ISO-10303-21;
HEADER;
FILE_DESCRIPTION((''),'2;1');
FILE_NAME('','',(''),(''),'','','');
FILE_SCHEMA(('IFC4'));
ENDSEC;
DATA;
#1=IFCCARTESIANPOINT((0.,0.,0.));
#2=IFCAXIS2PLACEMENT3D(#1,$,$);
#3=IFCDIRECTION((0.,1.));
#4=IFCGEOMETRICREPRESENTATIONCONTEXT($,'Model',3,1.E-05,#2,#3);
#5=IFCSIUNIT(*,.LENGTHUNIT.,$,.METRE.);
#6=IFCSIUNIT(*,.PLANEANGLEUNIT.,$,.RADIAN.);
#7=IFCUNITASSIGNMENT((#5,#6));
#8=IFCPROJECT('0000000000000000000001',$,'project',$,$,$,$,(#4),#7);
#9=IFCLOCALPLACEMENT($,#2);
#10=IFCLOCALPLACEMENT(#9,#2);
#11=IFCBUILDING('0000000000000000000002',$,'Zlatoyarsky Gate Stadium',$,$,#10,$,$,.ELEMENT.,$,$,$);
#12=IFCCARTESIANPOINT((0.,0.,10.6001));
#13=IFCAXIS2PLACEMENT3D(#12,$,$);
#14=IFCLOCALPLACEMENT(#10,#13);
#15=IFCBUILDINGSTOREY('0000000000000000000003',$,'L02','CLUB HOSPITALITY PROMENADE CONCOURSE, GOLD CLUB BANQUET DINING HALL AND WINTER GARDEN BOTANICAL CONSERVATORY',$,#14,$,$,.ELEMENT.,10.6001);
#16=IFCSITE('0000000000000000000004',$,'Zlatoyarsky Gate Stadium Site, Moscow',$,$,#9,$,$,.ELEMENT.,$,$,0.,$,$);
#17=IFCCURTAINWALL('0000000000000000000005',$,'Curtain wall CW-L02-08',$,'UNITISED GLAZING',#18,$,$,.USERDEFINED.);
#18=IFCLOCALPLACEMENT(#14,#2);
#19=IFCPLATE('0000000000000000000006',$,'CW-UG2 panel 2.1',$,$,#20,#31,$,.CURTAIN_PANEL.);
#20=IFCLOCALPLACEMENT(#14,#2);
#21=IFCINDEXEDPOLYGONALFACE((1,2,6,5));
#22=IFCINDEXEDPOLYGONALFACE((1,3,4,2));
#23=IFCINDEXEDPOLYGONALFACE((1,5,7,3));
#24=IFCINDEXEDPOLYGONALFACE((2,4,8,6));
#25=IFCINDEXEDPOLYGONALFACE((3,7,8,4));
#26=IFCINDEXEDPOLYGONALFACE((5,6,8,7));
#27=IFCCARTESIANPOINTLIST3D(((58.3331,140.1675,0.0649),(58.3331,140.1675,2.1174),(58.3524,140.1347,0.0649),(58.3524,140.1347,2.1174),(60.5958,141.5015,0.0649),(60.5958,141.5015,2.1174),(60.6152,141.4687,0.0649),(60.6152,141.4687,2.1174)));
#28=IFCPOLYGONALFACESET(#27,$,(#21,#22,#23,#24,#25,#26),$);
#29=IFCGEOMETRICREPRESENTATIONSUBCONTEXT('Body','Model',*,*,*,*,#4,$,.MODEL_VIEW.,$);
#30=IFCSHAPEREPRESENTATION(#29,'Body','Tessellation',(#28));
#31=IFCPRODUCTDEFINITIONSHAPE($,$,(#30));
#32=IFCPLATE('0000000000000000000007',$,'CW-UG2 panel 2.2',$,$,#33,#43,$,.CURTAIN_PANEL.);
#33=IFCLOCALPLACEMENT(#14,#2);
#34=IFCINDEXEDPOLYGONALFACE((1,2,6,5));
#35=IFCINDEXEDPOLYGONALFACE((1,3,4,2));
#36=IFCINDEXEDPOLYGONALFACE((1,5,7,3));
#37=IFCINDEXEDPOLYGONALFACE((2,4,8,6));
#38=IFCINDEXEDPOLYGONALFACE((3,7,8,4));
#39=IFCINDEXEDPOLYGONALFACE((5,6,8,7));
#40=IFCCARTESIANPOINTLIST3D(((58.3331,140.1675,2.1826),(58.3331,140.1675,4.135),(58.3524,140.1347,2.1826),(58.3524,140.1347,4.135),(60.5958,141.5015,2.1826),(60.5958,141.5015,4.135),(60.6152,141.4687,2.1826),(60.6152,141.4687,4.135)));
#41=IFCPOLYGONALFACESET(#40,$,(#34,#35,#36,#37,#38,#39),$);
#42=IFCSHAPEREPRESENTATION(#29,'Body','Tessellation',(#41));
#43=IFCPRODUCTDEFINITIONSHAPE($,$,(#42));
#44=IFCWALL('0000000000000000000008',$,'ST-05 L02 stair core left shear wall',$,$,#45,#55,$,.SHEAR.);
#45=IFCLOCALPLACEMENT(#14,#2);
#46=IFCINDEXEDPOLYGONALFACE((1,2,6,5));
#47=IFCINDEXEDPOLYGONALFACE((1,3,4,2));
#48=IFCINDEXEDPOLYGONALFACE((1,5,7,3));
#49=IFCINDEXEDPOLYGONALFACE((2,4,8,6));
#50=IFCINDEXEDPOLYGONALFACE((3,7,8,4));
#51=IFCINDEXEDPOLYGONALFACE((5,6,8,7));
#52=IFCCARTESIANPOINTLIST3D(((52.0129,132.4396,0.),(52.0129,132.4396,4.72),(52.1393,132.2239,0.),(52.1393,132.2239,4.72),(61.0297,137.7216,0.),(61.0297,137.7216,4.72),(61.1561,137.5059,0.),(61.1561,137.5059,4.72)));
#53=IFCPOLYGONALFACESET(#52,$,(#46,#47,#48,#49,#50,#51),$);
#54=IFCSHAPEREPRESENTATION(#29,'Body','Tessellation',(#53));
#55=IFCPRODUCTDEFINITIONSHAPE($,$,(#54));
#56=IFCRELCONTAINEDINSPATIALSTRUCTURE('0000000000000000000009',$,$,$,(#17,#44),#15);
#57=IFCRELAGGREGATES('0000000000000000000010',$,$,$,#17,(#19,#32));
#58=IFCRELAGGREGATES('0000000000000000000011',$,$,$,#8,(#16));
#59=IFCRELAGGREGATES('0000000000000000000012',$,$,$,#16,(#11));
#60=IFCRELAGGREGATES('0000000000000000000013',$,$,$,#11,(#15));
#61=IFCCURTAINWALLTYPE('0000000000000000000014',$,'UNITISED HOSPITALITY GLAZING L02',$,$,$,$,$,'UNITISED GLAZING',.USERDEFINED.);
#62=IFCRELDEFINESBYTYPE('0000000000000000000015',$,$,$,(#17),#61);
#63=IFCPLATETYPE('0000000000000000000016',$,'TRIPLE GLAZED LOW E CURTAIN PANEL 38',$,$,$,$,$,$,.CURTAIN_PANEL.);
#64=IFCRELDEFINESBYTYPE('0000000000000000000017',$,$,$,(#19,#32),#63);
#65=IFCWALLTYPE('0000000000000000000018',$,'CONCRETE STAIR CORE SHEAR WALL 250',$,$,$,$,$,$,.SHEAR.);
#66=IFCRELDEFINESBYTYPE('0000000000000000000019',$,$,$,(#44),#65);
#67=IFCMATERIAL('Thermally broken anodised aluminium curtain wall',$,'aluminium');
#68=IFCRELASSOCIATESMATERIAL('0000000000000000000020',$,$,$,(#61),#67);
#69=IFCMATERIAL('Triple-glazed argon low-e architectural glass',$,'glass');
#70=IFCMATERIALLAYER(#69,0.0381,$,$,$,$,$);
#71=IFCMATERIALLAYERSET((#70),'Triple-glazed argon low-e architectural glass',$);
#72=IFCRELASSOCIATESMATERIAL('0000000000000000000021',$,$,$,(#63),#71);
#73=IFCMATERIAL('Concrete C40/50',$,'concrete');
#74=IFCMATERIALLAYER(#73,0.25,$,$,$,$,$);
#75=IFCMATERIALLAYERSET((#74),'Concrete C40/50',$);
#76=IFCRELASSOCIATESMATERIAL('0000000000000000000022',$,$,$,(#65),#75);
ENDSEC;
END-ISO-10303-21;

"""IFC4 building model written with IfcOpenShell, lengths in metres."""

from ifc_helpers import new_model, si_unit, direction, frame, frame_2d, origin, origin_2d, place, context, subcontext, project, spatial, rectangle, extrude, material, layer, layer_set, type_object, element, aggregate, save


model = new_model("IFC4")

# Units and contexts
model_context = context("Model", 3, precision=1e-05, world=origin(), true_north=direction((0.0, 1.0)))
body_context = subcontext(model_context, "Body", "Model", "MODEL_VIEW")
ifc_project = project(units=[si_unit("LENGTHUNIT", "METRE"), si_unit("PLANEANGLEUNIT", "RADIAN")], contexts=[model_context])

# Site, building, storey
site_placement = place(None, origin())
site = spatial("IfcSite", under=ifc_project, at=site_placement, Name="Zlatoyarsky Gate Stadium Site, Moscow", CompositionType="ELEMENT", RefElevation=0.0)
building_placement = place(site_placement, origin())
building = spatial("IfcBuilding", under=site, at=building_placement, Name="Zlatoyarsky Gate Stadium", CompositionType="ELEMENT")
storey_placement = place(building_placement, frame((0.0, 0.0, 10.6001)))
storey = spatial("IfcBuildingStorey", under=building, at=storey_placement, Name="L02", Description="CLUB HOSPITALITY PROMENADE CONCOURSE, GOLD CLUB BANQUET DINING HALL AND WINTER GARDEN BOTANICAL CONSERVATORY", CompositionType="ELEMENT", Elevation=10.6001)

# Shared definitions
ifc_material_1 = material(Name="Thermally broken anodised aluminium curtain wall", Category="aluminium")
curtain_wall_type = type_object("IfcCurtainWallType", Name="UNITISED HOSPITALITY GLAZING L02", ElementType="UNITISED GLAZING", PredefinedType="USERDEFINED", material=ifc_material_1)

# Curtain wall
curtain_wall_1_placement = place(storey_placement, origin())
curtain_wall_1 = element("IfcCurtainWall", 1, at=curtain_wall_1_placement, inside=storey, type_object=curtain_wall_type, Name="Curtain wall CW-L02-08", ObjectType="UNITISED GLAZING", PredefinedType="USERDEFINED")

# Plates
ifc_material_2 = material(Name="Triple-glazed argon low-e architectural glass", Category="glass")
ifc_layer_1 = layer(ifc_material_2, 0.0381)
ifc_layer_set_1 = layer_set([ifc_layer_1], Name="Triple-glazed argon low-e architectural glass")
plate_type_1 = type_object("IfcPlateType", Name="TRIPLE GLAZED LOW E CURTAIN PANEL 38", PredefinedType="CURTAIN_PANEL", material=ifc_layer_set_1)
plate_1_placement = place(storey_placement, frame((59.4741, 140.8181, 0.0649), z_axis=(0.0, 0.0, 1.0), x_axis=(-0.861426, -0.507882, 0.0)))
plate_1 = element("IfcPlate", 2, at=plate_1_placement, type_object=plate_type_1, Name="CW-UG2 panel 2.1", PredefinedType="CURTAIN_PANEL", context=body_context, shape_type="SweptSolid", body=[
    extrude(rectangle(XDim=2.6267, YDim=0.0381, at=origin_2d()), origin(), (0.0, 0.0, 1.0), 2.0525),
])
plate_2_placement = place(storey_placement, frame((59.4741, 140.8181, 2.1826), z_axis=(0.0, 0.0, 1.0), x_axis=(-0.861426, -0.507882, 0.0)))
plate_2 = element("IfcPlate", 3, at=plate_2_placement, type_object=plate_type_1, Name="CW-UG2 panel 2.2", PredefinedType="CURTAIN_PANEL", context=body_context, shape_type="SweptSolid", body=[
    extrude(rectangle(XDim=2.6267, YDim=0.0381, at=origin_2d()), origin(), (0.0, 0.0, 1.0), 1.9524),
])
aggregate(curtain_wall_1, [plate_1, plate_2])

# Wall
ifc_material_3 = material(Name="Concrete C40/50", Category="concrete")
ifc_layer_2 = layer(ifc_material_3, 0.25)
ifc_layer_set_2 = layer_set([ifc_layer_2], Name="Concrete C40/50")
wall_type = type_object("IfcWallType", Name="CONCRETE STAIR CORE SHEAR WALL 250", PredefinedType="SHEAR", material=ifc_layer_set_2)
wall_placement = place(storey_placement, frame((61.093, 137.6138, 0.0), z_axis=(0.0, 0.0, 1.0), x_axis=(-0.862855, -0.505452, 0.0)))
element("IfcWall", 4, at=wall_placement, inside=storey, type_object=wall_type, Name="ST-05 L02 stair core left shear wall", PredefinedType="SHEAR", context=body_context, shape_type="SweptSolid", body=[
    extrude(rectangle(XDim=10.45, YDim=0.25, at=frame_2d((5.2251, 0.0))), origin(), (0.0, 0.0, 1.0), 4.72),
])

save(model, "model.ifc")
